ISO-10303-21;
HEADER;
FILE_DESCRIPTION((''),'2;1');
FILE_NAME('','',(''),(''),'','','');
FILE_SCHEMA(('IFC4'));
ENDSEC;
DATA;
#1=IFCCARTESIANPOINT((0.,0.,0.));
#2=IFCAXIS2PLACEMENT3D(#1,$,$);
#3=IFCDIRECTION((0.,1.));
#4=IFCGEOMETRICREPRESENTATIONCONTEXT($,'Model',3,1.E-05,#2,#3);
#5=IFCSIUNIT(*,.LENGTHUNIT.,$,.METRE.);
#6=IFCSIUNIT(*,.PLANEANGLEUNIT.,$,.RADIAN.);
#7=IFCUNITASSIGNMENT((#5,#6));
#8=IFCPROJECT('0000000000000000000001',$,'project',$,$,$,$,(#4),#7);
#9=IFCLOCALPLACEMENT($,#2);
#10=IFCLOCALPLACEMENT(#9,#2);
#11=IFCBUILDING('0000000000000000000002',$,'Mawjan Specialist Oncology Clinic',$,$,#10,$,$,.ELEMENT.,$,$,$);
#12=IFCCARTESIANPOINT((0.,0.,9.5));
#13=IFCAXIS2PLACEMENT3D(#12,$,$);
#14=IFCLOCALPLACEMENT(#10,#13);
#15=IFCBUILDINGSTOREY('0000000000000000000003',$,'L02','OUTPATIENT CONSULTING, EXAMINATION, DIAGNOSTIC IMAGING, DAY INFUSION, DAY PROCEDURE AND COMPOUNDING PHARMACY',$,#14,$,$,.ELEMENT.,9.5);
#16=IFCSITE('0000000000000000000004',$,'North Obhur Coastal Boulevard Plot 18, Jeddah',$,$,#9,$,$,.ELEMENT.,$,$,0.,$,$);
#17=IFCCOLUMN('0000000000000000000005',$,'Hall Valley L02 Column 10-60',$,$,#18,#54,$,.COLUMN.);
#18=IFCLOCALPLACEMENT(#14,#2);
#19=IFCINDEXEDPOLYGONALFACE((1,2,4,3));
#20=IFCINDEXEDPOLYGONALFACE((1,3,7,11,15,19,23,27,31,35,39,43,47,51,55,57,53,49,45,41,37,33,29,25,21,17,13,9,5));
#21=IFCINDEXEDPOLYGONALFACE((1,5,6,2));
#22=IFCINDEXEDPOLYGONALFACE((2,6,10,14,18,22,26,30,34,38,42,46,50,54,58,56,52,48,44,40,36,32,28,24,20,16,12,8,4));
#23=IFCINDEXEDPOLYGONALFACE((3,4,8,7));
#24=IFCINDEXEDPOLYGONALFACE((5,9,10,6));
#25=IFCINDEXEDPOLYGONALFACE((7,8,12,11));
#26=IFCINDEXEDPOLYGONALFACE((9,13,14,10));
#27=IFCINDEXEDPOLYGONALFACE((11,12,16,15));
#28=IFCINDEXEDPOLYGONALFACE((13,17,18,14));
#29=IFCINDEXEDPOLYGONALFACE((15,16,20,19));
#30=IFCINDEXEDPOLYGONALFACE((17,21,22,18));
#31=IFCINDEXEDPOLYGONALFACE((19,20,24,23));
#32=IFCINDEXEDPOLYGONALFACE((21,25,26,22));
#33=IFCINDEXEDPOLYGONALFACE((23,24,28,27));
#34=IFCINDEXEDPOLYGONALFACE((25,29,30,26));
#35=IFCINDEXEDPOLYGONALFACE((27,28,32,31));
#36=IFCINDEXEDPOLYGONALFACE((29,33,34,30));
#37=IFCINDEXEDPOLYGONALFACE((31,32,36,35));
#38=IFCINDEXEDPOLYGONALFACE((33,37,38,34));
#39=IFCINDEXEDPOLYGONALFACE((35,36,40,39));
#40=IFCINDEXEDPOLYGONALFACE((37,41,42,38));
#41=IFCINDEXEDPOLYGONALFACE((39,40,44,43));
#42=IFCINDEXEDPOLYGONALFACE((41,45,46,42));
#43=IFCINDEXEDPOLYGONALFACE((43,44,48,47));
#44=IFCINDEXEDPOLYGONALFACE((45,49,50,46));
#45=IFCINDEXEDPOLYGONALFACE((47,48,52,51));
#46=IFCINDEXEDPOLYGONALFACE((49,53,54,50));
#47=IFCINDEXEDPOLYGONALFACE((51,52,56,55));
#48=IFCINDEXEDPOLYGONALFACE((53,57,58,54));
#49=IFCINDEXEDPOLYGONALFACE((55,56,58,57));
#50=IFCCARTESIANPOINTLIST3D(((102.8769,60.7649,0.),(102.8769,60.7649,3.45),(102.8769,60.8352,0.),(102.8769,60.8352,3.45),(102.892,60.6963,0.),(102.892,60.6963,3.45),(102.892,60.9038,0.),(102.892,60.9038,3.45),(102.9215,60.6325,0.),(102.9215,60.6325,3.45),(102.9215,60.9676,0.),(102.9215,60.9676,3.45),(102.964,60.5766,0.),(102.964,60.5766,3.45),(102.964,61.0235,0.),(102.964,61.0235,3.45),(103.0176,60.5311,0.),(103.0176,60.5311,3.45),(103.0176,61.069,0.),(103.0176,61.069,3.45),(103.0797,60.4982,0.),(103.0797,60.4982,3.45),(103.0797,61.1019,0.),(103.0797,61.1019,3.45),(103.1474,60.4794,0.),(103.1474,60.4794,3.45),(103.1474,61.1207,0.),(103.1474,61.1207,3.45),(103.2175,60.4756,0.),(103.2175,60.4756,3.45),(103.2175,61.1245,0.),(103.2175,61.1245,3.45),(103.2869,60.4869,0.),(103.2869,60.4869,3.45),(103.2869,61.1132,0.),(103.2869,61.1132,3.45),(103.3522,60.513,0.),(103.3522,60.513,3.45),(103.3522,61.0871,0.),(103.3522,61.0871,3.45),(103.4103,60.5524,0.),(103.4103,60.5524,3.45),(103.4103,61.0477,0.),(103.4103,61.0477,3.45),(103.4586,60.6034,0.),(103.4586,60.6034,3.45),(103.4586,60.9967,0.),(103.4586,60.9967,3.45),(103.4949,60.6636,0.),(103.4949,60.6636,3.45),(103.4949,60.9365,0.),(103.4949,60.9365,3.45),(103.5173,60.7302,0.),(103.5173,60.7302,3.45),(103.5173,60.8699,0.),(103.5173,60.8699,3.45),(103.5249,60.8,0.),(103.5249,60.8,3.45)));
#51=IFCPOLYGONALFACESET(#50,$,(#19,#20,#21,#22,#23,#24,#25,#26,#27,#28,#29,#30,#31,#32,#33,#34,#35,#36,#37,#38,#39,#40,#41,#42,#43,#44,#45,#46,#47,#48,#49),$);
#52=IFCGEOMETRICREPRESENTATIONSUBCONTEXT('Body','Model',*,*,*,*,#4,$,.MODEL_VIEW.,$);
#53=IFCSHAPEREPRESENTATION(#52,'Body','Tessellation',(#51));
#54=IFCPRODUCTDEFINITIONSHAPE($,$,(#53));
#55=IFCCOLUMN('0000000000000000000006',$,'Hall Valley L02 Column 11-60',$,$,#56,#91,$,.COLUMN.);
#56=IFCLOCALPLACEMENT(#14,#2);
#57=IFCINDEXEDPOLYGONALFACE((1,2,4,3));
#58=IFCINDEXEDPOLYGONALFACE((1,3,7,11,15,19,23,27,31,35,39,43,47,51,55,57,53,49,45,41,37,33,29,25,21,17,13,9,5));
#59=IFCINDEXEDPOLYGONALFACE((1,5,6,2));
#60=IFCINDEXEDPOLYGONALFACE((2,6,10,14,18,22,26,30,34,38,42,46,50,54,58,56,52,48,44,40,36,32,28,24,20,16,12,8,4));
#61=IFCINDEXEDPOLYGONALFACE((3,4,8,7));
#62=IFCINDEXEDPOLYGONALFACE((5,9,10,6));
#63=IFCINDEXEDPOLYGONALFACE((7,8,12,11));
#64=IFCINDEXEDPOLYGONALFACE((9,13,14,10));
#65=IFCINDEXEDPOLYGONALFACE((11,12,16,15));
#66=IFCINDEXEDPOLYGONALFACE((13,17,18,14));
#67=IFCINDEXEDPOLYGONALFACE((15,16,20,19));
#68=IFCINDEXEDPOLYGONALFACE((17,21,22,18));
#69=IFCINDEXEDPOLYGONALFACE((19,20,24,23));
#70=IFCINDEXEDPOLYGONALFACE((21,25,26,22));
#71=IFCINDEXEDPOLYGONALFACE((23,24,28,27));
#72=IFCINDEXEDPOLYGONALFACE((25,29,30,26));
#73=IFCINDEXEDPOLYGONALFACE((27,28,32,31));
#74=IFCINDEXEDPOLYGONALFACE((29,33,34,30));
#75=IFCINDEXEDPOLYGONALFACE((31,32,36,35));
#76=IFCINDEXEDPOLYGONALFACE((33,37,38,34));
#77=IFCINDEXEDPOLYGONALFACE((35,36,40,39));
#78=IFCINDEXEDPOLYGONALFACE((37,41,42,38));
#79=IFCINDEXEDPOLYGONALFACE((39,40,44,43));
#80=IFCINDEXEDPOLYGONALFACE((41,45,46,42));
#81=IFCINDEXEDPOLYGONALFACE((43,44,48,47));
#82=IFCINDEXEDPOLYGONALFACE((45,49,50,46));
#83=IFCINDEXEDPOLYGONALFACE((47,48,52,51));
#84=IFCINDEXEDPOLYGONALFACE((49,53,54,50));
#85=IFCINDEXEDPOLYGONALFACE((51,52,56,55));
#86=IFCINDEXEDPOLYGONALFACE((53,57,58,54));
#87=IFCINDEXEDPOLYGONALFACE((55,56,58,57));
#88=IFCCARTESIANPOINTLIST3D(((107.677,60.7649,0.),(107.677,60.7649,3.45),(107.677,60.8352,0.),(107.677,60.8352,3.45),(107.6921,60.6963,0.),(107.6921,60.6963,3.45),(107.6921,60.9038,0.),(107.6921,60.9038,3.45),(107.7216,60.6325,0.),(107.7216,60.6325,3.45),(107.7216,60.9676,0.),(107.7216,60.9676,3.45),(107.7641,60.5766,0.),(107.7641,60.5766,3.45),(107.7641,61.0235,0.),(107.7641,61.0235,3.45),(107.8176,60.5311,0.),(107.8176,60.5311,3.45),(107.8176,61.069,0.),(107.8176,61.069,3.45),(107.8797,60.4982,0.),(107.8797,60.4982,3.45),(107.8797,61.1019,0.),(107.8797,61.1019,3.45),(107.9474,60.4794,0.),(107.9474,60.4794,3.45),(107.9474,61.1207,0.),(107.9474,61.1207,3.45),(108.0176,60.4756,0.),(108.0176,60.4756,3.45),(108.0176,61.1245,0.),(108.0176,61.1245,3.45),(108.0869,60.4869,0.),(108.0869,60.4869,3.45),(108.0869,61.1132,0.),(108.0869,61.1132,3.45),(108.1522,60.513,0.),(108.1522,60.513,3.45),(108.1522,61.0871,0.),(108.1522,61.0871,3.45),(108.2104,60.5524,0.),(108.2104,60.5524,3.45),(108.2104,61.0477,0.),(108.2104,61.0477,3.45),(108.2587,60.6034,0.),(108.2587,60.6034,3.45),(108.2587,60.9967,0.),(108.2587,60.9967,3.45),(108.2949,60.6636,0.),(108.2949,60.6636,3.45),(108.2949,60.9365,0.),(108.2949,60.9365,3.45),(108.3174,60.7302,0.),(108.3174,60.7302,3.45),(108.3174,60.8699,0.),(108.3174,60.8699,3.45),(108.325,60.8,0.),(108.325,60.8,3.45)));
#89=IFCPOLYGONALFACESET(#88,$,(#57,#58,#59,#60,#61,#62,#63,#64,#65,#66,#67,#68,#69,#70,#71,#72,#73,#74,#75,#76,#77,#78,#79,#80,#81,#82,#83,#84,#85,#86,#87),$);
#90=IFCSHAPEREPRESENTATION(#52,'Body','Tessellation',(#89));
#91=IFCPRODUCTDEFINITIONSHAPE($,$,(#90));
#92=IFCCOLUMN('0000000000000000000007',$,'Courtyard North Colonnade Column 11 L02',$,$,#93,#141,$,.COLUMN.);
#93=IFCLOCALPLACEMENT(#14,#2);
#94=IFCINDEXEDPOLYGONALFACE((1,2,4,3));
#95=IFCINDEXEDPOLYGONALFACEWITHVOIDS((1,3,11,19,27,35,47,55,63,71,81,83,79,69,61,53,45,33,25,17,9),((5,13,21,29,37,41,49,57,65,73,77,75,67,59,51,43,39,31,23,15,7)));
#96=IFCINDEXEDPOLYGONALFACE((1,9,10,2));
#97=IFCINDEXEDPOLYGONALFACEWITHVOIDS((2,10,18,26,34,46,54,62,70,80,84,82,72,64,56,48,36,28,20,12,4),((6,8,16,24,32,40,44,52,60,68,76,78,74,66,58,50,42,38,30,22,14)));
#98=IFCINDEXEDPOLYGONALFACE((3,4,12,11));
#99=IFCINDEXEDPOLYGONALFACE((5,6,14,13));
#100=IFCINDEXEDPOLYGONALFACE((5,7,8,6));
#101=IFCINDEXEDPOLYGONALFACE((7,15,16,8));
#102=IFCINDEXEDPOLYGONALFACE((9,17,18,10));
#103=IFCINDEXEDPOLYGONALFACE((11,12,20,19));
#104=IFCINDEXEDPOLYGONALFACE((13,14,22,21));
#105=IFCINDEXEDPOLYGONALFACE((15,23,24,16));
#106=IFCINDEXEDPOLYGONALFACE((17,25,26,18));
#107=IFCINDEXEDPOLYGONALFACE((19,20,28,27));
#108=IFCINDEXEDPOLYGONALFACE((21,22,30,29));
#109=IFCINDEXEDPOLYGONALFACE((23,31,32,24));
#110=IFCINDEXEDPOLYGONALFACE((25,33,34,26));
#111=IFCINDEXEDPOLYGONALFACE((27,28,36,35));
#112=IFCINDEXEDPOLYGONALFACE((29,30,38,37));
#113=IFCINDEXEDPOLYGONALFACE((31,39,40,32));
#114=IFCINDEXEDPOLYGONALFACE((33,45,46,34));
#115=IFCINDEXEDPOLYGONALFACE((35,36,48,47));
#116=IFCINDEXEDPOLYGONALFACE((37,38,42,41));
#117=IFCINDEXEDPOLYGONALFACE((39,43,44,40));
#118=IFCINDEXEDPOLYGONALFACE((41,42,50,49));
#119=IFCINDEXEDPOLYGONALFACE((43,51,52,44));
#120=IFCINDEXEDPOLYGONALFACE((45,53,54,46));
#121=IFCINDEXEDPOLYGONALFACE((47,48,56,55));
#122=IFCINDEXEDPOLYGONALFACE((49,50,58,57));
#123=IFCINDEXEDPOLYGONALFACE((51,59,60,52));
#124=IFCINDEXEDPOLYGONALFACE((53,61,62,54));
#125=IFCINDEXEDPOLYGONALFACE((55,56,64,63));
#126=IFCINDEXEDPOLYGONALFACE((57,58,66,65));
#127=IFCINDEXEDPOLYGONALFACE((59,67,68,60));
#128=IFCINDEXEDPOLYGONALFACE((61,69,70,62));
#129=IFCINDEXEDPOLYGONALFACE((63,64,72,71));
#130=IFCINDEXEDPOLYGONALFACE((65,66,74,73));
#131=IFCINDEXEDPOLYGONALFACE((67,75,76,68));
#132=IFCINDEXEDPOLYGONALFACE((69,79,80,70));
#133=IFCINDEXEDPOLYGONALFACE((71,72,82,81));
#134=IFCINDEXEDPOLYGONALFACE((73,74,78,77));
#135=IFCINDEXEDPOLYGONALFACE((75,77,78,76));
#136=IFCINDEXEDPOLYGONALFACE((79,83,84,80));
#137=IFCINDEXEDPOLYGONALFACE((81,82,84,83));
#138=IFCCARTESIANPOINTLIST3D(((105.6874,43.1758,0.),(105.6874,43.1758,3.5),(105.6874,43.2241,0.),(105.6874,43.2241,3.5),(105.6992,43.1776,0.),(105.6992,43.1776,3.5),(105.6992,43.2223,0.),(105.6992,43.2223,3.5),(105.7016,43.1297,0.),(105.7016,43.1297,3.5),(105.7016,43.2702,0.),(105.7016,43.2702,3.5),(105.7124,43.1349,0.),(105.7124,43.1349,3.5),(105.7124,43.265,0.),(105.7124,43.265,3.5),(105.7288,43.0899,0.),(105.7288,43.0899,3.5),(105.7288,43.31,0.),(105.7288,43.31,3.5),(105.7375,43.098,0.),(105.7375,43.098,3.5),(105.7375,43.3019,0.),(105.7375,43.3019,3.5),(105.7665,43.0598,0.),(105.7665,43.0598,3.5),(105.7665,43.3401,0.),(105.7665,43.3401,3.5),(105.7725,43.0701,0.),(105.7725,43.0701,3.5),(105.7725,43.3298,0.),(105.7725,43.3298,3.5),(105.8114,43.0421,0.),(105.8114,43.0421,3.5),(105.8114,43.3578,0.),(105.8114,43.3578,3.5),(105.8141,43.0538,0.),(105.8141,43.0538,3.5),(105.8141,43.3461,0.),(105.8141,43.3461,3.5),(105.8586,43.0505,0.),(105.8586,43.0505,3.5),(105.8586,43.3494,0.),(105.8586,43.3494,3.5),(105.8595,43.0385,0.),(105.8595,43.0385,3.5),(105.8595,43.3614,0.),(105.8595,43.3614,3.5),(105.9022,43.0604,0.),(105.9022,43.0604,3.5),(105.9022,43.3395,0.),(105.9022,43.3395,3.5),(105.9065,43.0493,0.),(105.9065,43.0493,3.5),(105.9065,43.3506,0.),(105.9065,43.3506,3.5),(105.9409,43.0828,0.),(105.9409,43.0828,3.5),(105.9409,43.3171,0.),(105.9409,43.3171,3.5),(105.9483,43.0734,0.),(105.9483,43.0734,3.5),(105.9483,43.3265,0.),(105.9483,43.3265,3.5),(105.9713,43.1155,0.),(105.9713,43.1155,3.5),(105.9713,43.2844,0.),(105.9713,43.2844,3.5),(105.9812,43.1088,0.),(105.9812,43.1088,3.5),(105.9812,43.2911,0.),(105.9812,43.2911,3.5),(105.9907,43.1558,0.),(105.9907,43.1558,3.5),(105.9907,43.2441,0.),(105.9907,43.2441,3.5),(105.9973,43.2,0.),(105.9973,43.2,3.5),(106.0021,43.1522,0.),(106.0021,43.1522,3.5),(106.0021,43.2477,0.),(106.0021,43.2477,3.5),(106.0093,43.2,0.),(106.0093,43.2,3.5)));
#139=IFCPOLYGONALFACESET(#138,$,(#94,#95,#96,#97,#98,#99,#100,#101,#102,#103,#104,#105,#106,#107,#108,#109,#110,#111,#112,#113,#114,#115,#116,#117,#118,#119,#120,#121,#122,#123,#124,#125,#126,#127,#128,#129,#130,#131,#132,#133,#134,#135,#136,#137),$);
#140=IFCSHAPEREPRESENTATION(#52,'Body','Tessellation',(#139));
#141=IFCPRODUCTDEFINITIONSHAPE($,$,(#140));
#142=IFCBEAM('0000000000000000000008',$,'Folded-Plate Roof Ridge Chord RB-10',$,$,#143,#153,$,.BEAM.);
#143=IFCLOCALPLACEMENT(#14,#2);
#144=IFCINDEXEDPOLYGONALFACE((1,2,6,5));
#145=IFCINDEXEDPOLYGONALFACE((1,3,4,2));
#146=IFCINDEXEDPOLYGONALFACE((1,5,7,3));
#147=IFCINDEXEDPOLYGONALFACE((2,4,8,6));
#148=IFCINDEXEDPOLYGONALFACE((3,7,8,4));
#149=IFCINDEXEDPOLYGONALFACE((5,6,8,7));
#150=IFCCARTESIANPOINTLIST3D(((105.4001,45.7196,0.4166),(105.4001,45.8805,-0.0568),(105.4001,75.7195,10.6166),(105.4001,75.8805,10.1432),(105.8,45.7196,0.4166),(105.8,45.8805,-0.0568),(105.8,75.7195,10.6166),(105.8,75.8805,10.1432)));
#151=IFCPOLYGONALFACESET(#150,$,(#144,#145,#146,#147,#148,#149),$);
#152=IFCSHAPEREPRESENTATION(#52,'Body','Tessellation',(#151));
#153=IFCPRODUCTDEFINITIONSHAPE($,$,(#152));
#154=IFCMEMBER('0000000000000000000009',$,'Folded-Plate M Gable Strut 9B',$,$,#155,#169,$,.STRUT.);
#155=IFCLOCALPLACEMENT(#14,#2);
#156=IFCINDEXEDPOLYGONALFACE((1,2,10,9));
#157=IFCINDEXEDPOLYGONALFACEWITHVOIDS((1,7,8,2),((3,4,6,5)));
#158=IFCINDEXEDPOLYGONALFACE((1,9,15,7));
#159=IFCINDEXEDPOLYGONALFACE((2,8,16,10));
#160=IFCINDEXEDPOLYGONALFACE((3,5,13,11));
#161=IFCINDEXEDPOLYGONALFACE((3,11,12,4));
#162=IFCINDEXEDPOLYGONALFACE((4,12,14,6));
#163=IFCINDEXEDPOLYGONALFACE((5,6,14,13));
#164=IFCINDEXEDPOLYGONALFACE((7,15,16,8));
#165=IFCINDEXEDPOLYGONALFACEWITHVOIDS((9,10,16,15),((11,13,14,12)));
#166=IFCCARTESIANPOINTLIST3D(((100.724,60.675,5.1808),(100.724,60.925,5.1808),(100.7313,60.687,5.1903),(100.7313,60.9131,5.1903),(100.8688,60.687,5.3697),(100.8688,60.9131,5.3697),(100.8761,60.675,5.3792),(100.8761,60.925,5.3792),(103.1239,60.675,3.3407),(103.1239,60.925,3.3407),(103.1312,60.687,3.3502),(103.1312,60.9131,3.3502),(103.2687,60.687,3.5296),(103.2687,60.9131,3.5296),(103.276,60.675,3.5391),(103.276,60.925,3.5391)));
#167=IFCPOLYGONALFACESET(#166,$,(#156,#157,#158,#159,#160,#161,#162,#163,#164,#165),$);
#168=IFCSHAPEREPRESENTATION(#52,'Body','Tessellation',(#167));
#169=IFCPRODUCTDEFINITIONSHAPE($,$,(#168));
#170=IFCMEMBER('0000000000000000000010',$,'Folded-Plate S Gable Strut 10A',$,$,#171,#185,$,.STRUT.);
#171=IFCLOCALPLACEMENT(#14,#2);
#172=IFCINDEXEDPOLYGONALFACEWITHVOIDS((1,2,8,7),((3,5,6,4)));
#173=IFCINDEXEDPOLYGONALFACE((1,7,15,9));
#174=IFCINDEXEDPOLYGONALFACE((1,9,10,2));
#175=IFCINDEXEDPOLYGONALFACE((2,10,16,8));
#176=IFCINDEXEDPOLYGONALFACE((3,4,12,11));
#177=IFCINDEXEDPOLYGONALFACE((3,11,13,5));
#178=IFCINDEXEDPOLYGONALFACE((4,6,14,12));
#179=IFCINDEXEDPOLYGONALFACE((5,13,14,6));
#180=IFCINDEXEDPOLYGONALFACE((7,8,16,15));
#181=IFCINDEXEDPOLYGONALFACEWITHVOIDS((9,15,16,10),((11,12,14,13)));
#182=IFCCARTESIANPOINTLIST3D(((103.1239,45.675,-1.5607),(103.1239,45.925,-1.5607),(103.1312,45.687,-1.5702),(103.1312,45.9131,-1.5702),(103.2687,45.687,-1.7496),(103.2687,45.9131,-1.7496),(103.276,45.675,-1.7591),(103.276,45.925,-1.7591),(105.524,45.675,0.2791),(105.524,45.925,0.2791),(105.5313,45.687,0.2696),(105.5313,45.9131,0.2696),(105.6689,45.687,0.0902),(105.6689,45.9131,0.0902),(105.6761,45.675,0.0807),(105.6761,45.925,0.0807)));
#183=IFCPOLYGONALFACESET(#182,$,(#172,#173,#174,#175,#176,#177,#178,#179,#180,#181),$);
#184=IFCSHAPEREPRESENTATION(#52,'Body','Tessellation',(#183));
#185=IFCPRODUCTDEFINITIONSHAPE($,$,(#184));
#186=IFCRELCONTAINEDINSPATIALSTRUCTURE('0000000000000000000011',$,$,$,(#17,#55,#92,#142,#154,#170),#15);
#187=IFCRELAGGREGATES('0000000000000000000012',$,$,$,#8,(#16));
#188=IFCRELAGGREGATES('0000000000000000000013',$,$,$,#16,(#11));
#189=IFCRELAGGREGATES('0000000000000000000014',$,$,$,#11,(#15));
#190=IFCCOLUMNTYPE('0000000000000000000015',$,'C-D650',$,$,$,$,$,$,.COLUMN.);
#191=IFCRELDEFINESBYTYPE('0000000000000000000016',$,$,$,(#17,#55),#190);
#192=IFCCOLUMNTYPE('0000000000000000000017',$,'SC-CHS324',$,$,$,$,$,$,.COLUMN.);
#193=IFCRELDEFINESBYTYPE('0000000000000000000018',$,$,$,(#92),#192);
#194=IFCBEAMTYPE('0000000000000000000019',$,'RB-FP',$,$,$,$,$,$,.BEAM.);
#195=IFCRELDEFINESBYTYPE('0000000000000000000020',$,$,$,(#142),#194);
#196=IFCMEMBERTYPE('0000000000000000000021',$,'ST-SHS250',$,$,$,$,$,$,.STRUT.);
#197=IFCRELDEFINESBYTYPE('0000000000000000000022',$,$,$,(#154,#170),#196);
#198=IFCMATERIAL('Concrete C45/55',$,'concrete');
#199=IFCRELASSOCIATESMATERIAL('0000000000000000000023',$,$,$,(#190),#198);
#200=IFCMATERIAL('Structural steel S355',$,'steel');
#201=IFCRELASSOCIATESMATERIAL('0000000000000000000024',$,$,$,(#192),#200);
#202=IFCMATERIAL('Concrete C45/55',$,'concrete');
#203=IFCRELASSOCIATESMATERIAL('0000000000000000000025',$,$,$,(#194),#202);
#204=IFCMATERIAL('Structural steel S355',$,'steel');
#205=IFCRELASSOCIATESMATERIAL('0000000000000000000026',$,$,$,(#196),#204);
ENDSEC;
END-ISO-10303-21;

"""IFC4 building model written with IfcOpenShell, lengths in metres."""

from ifc_helpers import new_model, si_unit, direction, frame, origin, origin_2d, place, context, subcontext, project, spatial, rectangle, hollow_rectangle, circle, hollow_circle, extrude, material, material_profile, profile_set, type_object, element, save


model = new_model("IFC4")

# Units and contexts
model_context = context("Model", 3, precision=1e-05, world=origin(), true_north=direction((0.0, 1.0)))
body_context = subcontext(model_context, "Body", "Model", "MODEL_VIEW")
ifc_project = project(units=[si_unit("LENGTHUNIT", "METRE"), si_unit("PLANEANGLEUNIT", "RADIAN")], contexts=[model_context])

# Site, building, storey
site_placement = place(None, origin())
site = spatial("IfcSite", under=ifc_project, at=site_placement, Name="North Obhur Coastal Boulevard Plot 18, Jeddah", CompositionType="ELEMENT", RefElevation=0.0)
building_placement = place(site_placement, origin())
building = spatial("IfcBuilding", under=site, at=building_placement, Name="Mawjan Specialist Oncology Clinic", CompositionType="ELEMENT")
storey_placement = place(building_placement, frame((0.0, 0.0, 9.5)))
storey = spatial("IfcBuildingStorey", under=building, at=storey_placement, Name="L02", Description="OUTPATIENT CONSULTING, EXAMINATION, DIAGNOSTIC IMAGING, DAY INFUSION, DAY PROCEDURE AND COMPOUNDING PHARMACY", CompositionType="ELEMENT", Elevation=9.5)

# Columns
ifc_material_1 = material(Name="Concrete C45/55", Category="concrete")
ifc_material_profile_1 = material_profile(ifc_material_1, circle(Radius=0.325, at=origin_2d()), Name="RC COL D650", Category="concrete")
ifc_profile_set_1 = profile_set([ifc_material_profile_1], Name="Concrete C45/55")
column_type_1 = type_object("IfcColumnType", Name="C-D650", PredefinedType="COLUMN", material=ifc_profile_set_1)
for number, where, z_axis, x_axis, name in (
    (1, (103.2, 60.8, 0.0), (0.0, 0.0, 1.0), (1.0, 0.0, 0.0), "Hall Valley L02 Column 10-60"),
    (2, (108.0, 60.8, 0.0), (0.0, 0.0, 1.0), (1.0, 0.0, 0.0), "Hall Valley L02 Column 11-60"),
):
    element("IfcColumn", number, at=place(storey_placement, frame(where, z_axis=z_axis, x_axis=x_axis)), inside=storey, type_object=column_type_1, Name=name, PredefinedType="COLUMN", context=body_context, shape_type="SweptSolid", body=[
        extrude(circle(Radius=0.325, at=origin_2d()), origin(), (0.0, 0.0, 1.0), 3.45),
    ])
ifc_material_2 = material(Name="Structural steel S355", Category="steel")
ifc_material_profile_2 = material_profile(ifc_material_2, hollow_circle(Radius=0.1619, WallThickness=0.012, at=origin_2d()), Name="CHS 323.9x12", Category="steel")
ifc_profile_set_2 = profile_set([ifc_material_profile_2], Name="Structural steel S355")
column_type_2 = type_object("IfcColumnType", Name="SC-CHS324", PredefinedType="COLUMN", material=ifc_profile_set_2)
column_placement = place(storey_placement, frame((105.8474, 43.2, 0.0), z_axis=(0.0, 0.0, 1.0), x_axis=(1.0, 0.0, 0.0)))
element("IfcColumn", 3, at=column_placement, inside=storey, type_object=column_type_2, Name="Courtyard North Colonnade Column 11 L02", PredefinedType="COLUMN", context=body_context, shape_type="SweptSolid", body=[
    extrude(hollow_circle(Radius=0.1619, WallThickness=0.012, at=origin_2d()), origin(), (0.0, 0.0, 1.0), 3.5),
])

# Beam
ifc_material_3 = material(Name="Concrete C45/55", Category="concrete")
ifc_material_profile_3 = material_profile(ifc_material_3, rectangle(XDim=0.3999, YDim=0.5, at=origin_2d()), Name="RC CHORD 400x500", Category="concrete")
ifc_profile_set_3 = profile_set([ifc_material_profile_3], Name="Concrete C45/55")
beam_type_1 = type_object("IfcBeamType", Name="RB-FP", PredefinedType="BEAM", material=ifc_profile_set_3)
beam_placement = place(storey_placement, frame((105.6001, 45.8, 0.1799), z_axis=(0.0, 0.946773, 0.321901), x_axis=(-1.0, 0.0, 0.0)))
element("IfcBeam", 4, at=beam_placement, inside=storey, type_object=beam_type_1, Name="Folded-Plate Roof Ridge Chord RB-10", PredefinedType="BEAM", context=body_context, shape_type="SweptSolid", body=[
    extrude(rectangle(XDim=0.3999, YDim=0.5, at=origin_2d()), origin(), (0.0, 0.0, 1.0), 31.6865),
])

# Members
ifc_material_4 = material(Name="Structural steel S355", Category="steel")
ifc_material_profile_4 = material_profile(ifc_material_4, hollow_rectangle(XDim=0.25, YDim=0.25, WallThickness=0.012, at=origin_2d()), Name="SHS 250x250x12", Category="steel")
ifc_profile_set_4 = profile_set([ifc_material_profile_4], Name="Structural steel S355")
member_type = type_object("IfcMemberType", Name="ST-SHS250", PredefinedType="STRUT", material=ifc_profile_set_4)
for number, where, z_axis, x_axis, name in (
    (5, (103.2, 60.8, 3.4399), (-0.79358, 0.0, 0.608465), (0.0, -1.0, 0.0), "Folded-Plate M Gable Strut 9B"),
    (6, (103.2, 45.8, -1.6599), (0.793649, 0.0, 0.608376), (0.0, 1.0, 0.0), "Folded-Plate S Gable Strut 10A"),
):
    element("IfcMember", number, at=place(storey_placement, frame(where, z_axis=z_axis, x_axis=x_axis)), inside=storey, type_object=member_type, Name=name, PredefinedType="STRUT", context=body_context, shape_type="SweptSolid", body=[
        extrude(hollow_rectangle(XDim=0.25, YDim=0.25, WallThickness=0.012, at=origin_2d()), origin(), (0.0, 0.0, 1.0), 3.0242),
    ])

save(model, "model.ifc")
